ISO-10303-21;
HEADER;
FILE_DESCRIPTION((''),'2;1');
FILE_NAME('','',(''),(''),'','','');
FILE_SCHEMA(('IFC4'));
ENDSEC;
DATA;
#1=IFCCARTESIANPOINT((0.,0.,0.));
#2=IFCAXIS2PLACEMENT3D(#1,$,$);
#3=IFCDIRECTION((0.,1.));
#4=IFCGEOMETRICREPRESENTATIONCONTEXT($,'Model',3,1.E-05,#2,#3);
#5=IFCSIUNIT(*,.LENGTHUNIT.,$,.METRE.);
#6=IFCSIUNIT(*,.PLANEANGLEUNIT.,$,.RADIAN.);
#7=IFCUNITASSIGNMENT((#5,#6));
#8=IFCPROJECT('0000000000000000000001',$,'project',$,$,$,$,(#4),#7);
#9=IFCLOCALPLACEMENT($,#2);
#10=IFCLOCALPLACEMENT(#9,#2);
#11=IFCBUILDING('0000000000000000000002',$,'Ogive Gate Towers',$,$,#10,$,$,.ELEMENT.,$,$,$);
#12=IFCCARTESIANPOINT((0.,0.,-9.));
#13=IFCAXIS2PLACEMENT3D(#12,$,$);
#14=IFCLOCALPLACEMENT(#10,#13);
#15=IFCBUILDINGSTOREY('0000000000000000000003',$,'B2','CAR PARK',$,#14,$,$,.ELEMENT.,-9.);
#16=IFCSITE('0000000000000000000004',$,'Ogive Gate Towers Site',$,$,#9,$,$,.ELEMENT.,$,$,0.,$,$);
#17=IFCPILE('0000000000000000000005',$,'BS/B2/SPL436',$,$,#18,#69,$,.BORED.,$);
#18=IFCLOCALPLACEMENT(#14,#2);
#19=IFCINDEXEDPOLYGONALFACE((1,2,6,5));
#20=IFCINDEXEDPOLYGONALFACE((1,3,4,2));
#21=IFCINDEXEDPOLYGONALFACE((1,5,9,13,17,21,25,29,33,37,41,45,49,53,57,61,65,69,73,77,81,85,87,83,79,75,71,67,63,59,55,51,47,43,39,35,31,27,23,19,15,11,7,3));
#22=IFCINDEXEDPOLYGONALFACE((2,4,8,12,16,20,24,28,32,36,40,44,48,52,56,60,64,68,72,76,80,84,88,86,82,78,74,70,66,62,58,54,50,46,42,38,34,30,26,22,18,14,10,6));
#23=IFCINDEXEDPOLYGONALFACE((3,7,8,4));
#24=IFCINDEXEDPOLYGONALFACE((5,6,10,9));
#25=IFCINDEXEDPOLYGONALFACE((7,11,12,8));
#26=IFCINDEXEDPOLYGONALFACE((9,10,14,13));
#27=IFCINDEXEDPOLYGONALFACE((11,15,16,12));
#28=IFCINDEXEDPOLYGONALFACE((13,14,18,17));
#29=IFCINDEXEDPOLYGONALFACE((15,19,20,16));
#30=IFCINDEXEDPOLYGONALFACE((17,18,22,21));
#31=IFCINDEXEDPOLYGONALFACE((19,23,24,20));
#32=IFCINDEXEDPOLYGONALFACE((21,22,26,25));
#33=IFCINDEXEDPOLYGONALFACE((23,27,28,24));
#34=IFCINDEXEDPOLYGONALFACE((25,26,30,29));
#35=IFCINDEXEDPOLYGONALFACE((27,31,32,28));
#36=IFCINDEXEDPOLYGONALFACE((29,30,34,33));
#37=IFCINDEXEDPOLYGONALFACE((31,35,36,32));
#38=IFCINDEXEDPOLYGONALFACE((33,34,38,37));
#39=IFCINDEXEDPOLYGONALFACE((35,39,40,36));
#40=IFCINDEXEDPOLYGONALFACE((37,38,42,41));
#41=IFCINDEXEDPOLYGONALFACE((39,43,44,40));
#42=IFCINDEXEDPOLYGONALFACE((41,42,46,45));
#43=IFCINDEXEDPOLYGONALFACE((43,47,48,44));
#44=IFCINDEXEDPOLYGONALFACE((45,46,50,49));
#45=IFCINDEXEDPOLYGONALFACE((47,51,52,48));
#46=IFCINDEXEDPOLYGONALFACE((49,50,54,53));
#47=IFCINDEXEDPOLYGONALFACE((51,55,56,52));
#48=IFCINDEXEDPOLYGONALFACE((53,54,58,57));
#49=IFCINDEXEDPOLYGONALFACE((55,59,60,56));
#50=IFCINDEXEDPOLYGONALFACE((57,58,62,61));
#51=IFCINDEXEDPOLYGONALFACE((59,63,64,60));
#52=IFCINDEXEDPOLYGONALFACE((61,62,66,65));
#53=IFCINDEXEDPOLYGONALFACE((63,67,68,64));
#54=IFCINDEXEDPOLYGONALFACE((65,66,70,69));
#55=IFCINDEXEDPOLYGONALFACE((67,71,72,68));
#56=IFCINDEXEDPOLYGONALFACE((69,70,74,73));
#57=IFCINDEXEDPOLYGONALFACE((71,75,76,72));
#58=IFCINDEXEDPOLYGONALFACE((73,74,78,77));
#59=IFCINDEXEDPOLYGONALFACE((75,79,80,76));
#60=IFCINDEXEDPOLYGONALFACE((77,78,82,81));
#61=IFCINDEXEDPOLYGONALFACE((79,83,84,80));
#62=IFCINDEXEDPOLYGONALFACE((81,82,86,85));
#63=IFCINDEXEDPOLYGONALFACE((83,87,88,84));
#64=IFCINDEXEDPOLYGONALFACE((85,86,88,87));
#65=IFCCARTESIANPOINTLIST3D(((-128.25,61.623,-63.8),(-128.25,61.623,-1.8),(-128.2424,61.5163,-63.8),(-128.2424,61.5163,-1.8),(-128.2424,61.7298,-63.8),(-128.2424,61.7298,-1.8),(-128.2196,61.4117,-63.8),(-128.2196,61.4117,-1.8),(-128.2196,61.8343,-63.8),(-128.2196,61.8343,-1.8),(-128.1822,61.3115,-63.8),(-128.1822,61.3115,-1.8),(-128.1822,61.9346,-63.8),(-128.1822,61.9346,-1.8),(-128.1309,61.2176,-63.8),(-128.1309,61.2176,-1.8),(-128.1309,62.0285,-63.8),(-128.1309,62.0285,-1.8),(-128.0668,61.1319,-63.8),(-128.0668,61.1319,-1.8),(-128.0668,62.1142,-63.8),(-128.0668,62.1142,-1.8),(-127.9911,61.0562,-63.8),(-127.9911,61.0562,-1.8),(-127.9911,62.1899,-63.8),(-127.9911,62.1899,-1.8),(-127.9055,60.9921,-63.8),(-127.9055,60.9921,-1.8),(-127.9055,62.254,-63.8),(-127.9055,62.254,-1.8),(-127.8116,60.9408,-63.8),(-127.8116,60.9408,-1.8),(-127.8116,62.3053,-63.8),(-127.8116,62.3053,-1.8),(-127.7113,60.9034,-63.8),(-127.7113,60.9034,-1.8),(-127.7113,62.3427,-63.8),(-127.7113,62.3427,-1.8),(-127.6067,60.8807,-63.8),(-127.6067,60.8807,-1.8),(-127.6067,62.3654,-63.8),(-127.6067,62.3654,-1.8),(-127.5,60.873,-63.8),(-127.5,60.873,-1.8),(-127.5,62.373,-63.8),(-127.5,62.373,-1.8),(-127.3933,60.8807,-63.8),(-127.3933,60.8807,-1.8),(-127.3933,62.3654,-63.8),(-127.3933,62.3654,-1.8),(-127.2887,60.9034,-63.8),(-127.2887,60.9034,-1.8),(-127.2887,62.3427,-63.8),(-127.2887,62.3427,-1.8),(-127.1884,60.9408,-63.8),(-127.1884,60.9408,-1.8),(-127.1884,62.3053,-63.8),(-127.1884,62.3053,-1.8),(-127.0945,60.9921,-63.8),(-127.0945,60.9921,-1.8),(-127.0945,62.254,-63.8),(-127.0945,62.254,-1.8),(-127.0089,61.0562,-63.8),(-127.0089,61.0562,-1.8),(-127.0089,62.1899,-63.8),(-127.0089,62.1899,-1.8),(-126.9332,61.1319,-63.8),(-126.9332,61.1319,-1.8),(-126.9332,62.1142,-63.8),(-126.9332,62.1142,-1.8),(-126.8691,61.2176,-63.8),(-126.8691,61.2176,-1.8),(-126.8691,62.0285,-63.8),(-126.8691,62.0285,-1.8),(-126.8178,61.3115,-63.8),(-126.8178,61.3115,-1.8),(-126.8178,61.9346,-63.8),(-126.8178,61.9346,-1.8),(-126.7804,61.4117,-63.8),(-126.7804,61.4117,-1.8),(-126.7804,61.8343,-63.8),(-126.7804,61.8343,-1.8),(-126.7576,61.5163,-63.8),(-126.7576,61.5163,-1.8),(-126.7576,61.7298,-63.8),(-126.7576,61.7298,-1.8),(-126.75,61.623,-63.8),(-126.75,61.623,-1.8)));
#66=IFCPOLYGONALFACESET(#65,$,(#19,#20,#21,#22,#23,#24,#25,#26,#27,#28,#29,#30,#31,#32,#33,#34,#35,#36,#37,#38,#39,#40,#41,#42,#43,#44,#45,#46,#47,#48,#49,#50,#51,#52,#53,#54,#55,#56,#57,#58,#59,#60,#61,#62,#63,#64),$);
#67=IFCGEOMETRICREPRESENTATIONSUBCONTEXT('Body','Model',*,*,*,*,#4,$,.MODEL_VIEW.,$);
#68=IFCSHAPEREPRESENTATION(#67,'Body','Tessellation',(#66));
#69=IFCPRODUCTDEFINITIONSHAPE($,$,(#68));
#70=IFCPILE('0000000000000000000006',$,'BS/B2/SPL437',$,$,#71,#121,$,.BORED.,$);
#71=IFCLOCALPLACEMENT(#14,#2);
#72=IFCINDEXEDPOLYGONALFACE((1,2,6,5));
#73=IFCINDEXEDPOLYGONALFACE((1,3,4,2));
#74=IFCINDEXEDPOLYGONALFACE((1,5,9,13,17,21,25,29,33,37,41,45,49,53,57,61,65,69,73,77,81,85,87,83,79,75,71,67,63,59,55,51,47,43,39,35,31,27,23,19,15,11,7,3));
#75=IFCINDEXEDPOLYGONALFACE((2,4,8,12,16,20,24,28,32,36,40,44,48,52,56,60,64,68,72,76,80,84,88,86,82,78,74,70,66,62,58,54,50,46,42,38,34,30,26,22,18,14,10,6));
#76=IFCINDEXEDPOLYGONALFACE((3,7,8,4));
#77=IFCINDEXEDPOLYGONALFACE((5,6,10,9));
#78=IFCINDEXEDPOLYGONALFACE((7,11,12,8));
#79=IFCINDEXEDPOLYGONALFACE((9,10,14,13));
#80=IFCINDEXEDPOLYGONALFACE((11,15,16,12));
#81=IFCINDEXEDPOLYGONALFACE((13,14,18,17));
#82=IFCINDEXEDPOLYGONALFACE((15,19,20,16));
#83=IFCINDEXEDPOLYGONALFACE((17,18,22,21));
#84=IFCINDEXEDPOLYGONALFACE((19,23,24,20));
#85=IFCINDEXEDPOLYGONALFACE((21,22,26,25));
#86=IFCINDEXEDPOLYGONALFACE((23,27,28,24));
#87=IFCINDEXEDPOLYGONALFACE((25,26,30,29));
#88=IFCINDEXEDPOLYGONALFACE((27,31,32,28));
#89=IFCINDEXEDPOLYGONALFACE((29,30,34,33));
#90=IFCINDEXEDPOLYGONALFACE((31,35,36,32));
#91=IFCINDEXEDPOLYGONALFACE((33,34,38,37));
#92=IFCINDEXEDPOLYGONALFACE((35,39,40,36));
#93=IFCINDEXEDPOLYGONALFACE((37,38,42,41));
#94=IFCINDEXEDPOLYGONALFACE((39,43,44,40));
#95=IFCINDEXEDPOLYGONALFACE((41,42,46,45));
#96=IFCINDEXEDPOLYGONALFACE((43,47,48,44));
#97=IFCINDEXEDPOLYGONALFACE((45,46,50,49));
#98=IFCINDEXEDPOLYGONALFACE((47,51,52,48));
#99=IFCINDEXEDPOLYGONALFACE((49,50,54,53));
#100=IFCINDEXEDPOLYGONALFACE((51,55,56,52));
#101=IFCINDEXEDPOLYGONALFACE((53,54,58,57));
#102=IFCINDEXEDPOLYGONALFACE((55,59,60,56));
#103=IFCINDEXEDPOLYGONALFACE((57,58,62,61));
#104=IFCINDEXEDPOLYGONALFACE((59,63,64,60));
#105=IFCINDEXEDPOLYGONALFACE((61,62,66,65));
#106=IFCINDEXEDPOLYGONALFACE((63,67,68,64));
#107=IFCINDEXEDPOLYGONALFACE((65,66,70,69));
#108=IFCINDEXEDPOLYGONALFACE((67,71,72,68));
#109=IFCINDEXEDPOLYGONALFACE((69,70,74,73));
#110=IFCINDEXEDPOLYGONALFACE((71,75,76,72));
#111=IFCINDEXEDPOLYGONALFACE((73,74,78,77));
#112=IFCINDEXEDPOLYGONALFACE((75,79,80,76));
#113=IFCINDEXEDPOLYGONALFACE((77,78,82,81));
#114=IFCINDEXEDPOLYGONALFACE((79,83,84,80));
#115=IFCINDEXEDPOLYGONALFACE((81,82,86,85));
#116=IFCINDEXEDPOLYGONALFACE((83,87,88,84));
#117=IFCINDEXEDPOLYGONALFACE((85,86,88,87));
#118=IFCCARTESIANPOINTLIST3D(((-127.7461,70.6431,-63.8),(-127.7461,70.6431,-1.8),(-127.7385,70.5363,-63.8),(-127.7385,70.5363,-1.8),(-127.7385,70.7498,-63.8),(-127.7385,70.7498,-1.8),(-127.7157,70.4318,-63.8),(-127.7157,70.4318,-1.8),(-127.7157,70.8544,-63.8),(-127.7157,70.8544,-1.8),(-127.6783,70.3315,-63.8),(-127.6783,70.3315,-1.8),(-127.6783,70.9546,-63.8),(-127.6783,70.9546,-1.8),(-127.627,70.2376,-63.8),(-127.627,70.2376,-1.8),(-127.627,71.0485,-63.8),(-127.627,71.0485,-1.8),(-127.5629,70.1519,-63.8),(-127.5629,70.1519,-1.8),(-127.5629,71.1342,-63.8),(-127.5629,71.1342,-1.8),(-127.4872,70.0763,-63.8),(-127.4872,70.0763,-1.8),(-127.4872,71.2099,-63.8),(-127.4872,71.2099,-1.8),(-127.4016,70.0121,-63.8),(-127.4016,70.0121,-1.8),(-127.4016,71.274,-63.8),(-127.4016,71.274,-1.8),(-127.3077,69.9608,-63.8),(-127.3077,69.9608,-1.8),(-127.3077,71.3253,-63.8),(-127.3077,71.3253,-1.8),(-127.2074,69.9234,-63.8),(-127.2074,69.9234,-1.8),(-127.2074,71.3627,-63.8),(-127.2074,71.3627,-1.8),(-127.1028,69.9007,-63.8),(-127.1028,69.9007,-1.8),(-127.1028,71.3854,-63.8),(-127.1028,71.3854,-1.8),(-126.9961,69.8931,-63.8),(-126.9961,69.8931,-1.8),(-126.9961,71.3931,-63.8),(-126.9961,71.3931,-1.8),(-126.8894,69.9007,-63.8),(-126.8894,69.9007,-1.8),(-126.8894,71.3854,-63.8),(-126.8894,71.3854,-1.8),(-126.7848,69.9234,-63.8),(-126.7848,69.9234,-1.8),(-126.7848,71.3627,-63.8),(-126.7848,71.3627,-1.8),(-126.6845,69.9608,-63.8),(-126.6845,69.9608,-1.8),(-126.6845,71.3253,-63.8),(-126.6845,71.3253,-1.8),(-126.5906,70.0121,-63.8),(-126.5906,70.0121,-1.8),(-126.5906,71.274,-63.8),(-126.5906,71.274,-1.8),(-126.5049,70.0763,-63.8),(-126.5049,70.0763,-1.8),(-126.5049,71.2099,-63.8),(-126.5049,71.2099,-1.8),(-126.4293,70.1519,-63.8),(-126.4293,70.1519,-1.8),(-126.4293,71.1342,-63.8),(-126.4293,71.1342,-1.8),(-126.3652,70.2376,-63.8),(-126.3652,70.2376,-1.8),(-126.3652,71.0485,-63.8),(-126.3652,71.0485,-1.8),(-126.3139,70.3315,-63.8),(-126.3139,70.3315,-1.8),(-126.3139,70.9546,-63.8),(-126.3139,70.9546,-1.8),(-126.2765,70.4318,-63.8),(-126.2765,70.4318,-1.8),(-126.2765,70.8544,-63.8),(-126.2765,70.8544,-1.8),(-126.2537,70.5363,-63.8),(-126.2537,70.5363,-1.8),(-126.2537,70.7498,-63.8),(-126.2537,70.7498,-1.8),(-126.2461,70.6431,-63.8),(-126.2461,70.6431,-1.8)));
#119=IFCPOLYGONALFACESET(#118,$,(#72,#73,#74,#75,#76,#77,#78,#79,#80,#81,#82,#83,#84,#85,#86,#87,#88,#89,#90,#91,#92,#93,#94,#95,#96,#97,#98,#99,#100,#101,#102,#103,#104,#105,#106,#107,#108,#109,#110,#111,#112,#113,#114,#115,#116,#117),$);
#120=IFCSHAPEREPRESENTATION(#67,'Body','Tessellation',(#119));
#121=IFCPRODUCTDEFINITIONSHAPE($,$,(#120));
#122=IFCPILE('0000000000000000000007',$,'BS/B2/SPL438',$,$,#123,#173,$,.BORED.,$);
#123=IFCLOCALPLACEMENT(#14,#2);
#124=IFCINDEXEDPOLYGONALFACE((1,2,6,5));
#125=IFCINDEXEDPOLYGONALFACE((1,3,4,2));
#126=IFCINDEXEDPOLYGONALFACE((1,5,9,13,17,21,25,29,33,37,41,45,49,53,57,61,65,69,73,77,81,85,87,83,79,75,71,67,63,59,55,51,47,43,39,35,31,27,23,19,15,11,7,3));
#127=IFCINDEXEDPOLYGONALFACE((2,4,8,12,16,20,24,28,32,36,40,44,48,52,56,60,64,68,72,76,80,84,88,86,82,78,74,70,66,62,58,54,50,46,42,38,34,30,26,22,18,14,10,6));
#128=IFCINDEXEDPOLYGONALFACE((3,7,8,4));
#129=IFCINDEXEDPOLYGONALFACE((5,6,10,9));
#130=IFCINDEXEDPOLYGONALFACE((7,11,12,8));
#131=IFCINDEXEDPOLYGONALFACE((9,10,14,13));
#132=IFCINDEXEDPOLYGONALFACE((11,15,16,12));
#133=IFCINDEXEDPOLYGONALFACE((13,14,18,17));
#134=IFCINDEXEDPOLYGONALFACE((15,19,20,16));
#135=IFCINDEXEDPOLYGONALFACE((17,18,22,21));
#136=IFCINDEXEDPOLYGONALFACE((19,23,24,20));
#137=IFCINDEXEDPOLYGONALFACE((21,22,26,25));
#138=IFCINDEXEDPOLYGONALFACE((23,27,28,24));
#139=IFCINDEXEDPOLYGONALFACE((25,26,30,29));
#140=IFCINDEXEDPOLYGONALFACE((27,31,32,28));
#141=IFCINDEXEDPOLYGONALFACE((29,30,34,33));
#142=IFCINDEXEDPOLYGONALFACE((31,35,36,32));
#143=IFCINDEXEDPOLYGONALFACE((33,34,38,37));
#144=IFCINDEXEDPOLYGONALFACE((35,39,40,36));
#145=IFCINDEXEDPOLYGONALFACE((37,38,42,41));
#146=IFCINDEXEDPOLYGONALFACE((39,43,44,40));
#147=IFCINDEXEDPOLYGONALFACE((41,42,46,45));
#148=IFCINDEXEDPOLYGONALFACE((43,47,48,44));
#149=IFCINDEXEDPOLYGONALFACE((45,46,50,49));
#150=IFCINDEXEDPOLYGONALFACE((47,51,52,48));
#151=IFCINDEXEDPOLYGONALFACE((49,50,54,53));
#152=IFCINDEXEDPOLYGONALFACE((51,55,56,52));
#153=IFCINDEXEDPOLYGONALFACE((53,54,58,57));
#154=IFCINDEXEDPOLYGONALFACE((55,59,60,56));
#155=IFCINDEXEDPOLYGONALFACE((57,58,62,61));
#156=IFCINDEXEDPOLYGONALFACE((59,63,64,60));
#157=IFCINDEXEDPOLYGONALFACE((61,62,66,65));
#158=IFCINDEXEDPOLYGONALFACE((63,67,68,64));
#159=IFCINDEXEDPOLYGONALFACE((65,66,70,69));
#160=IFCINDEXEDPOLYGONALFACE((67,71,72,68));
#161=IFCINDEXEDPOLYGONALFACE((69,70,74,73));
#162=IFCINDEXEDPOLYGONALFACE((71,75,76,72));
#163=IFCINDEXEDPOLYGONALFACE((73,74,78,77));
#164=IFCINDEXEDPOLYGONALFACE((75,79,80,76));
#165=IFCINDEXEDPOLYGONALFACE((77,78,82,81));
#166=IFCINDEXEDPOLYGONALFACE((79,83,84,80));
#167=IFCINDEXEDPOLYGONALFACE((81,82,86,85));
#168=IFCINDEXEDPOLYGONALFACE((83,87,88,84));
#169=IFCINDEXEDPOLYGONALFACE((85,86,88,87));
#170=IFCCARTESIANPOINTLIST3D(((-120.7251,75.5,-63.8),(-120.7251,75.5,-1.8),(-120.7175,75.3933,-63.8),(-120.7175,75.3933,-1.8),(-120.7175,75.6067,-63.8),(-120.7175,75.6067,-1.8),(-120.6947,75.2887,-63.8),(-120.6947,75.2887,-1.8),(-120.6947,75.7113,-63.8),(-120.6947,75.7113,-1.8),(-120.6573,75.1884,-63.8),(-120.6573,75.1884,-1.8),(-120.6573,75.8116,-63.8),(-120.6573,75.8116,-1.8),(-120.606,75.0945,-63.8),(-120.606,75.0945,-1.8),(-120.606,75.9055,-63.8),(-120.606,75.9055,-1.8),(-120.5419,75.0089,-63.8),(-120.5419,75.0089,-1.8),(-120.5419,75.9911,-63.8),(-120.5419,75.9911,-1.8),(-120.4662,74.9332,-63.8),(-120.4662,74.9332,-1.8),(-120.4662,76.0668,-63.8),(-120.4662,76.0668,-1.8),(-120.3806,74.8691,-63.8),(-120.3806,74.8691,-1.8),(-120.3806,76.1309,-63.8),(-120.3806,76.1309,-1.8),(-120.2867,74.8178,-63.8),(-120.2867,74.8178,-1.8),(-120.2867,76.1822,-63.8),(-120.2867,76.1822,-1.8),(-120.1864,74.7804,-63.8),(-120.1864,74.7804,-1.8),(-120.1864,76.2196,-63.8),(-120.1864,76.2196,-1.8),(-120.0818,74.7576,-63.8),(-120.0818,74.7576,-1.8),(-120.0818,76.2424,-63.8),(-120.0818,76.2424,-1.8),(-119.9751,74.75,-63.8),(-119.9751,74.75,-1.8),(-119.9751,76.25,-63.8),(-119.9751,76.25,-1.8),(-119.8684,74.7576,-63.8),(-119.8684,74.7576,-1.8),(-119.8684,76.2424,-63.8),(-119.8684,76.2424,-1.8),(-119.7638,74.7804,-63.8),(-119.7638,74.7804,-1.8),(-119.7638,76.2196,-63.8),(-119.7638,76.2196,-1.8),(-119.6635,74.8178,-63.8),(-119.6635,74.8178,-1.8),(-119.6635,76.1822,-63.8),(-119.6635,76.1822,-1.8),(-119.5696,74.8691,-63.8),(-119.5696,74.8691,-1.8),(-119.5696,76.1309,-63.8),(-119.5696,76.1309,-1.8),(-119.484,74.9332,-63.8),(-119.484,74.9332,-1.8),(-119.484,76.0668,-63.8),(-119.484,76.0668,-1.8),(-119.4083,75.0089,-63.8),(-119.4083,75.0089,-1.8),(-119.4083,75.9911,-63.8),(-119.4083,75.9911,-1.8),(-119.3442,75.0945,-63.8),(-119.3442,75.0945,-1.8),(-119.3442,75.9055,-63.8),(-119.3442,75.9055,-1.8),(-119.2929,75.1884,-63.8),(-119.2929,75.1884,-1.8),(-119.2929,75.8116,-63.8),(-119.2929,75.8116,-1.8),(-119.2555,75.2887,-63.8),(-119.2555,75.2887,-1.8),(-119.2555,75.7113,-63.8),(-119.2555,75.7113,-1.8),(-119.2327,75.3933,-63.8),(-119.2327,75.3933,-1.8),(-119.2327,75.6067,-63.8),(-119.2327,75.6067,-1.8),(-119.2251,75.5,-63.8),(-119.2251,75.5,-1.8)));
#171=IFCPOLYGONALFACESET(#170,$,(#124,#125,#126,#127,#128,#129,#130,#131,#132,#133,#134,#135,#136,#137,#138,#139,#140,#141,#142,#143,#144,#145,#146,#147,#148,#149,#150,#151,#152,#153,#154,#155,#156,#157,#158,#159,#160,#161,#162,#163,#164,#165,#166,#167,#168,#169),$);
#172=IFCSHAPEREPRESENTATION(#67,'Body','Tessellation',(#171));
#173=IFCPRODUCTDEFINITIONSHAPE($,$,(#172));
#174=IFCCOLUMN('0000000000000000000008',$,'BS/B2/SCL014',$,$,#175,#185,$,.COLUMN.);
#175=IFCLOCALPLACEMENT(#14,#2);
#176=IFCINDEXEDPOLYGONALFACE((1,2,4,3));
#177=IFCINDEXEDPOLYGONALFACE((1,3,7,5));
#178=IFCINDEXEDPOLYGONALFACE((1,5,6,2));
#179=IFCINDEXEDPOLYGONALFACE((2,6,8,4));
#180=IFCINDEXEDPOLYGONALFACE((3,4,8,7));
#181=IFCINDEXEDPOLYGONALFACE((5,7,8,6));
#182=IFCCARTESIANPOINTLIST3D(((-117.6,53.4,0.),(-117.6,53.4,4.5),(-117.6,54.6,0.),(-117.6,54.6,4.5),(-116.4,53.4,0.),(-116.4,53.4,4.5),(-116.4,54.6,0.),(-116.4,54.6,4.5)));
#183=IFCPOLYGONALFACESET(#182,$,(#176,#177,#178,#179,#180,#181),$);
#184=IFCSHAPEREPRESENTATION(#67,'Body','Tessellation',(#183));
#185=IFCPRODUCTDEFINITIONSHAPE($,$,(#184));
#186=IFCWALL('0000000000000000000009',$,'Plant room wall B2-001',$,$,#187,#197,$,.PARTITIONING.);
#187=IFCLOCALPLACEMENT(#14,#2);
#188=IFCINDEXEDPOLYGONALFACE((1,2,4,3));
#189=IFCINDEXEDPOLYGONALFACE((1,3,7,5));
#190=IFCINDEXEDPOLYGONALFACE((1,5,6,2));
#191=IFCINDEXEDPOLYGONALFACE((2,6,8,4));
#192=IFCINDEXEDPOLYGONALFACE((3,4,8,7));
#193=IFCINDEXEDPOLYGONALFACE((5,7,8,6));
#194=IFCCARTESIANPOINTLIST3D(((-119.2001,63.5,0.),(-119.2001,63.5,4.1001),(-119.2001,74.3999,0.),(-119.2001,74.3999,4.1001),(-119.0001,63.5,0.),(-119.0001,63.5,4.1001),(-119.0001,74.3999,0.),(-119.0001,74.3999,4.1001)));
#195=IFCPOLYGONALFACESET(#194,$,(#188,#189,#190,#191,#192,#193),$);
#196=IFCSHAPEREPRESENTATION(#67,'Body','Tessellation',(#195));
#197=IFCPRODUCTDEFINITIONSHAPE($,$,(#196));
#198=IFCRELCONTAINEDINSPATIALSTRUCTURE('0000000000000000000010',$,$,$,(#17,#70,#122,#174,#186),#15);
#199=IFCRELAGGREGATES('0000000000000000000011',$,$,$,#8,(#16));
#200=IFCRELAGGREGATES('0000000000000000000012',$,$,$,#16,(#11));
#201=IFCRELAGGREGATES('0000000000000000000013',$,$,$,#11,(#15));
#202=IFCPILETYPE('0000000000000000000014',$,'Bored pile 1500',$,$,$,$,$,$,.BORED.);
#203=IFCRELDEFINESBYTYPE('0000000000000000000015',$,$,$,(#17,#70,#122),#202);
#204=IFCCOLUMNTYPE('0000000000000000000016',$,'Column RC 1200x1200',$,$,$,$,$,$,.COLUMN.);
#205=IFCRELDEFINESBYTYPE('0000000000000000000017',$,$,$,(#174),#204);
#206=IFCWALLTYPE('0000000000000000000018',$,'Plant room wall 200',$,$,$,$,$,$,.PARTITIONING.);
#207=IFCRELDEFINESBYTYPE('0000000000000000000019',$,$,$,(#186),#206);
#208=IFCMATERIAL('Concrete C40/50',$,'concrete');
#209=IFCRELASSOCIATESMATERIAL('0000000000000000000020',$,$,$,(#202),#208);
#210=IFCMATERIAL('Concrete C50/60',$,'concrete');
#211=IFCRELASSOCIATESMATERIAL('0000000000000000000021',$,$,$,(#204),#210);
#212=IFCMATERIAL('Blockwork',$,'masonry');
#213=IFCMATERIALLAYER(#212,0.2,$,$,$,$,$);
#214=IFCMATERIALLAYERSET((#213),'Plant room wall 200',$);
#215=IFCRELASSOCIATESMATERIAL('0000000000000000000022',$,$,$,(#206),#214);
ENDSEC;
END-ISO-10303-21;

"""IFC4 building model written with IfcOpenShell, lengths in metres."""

from ifc_helpers import new_model, si_unit, direction, frame, frame_2d, origin, origin_2d, place, context, subcontext, project, spatial, rectangle, circle, extrude, material, layer, layer_set, material_profile, profile_set, type_object, element, save


model = new_model("IFC4")

# Units and contexts
model_context = context("Model", 3, precision=1e-05, world=origin(), true_north=direction((0.0, 1.0)))
body_context = subcontext(model_context, "Body", "Model", "MODEL_VIEW")
ifc_project = project(units=[si_unit("LENGTHUNIT", "METRE"), si_unit("PLANEANGLEUNIT", "RADIAN")], contexts=[model_context])

# Site, building, storey
site_placement = place(None, origin())
site = spatial("IfcSite", under=ifc_project, at=site_placement, Name="Ogive Gate Towers Site", CompositionType="ELEMENT", RefElevation=0.0)
building_placement = place(site_placement, origin())
building = spatial("IfcBuilding", under=site, at=building_placement, Name="Ogive Gate Towers", CompositionType="ELEMENT")
storey_placement = place(building_placement, frame((0.0, 0.0, -9.0)))
storey = spatial("IfcBuildingStorey", under=building, at=storey_placement, Name="B2", Description="CAR PARK", CompositionType="ELEMENT", Elevation=-9.0)

# Piles
ifc_material_1 = material(Name="Concrete C40/50", Category="concrete")
ifc_material_profile_1 = material_profile(ifc_material_1, circle(Radius=0.75, at=origin_2d()), Name="BP 1500")
ifc_profile_set_1 = profile_set([ifc_material_profile_1], Name="Concrete C40/50")
pile_type = type_object("IfcPileType", Name="Bored pile 1500", PredefinedType="BORED", material=ifc_profile_set_1)
for number, where, z_axis, x_axis, name in (
    (1, (-127.5, 61.623, -1.8), (0.0, 0.0, -1.0), (1.0, 0.0, 0.0), "BS/B2/SPL436"),
    (2, (-126.9961, 70.6431, -1.8), (0.0, 0.0, -1.0), (1.0, 0.0, 0.0), "BS/B2/SPL437"),
    (3, (-119.9751, 75.5, -1.8), (0.0, 0.0, -1.0), (1.0, 0.0, 0.0), "BS/B2/SPL438"),
):
    element("IfcPile", number, at=place(storey_placement, frame(where, z_axis=z_axis, x_axis=x_axis)), inside=storey, type_object=pile_type, Name=name, PredefinedType="BORED", context=body_context, shape_type="SweptSolid", body=[
        extrude(circle(Radius=0.75, at=origin_2d()), origin(), (0.0, 0.0, 1.0), 62.0),
    ])

# Column
ifc_material_2 = material(Name="Concrete C50/60", Category="concrete")
ifc_material_profile_2 = material_profile(ifc_material_2, rectangle(XDim=1.2, YDim=1.2, at=origin_2d()), Name="RC 1200x1200")
ifc_profile_set_2 = profile_set([ifc_material_profile_2], Name="Concrete C50/60")
column_type = type_object("IfcColumnType", Name="Column RC 1200x1200", PredefinedType="COLUMN", material=ifc_profile_set_2)
column_placement = place(storey_placement, frame((-117.0, 54.0, 0.0), z_axis=(0.0, 0.0, 1.0), x_axis=(1.0, 0.0, 0.0)))
element("IfcColumn", 4, at=column_placement, inside=storey, type_object=column_type, Name="BS/B2/SCL014", PredefinedType="COLUMN", context=body_context, shape_type="SweptSolid", body=[
    extrude(rectangle(XDim=1.2, YDim=1.2, at=origin_2d()), origin(), (0.0, 0.0, 1.0), 4.5),
])

# Wall
ifc_material_3 = material(Name="Blockwork", Category="masonry")
ifc_layer_1 = layer(ifc_material_3, 0.2)
ifc_layer_set_1 = layer_set([ifc_layer_1], Name="Plant room wall 200")
wall_type_1 = type_object("IfcWallType", Name="Plant room wall 200", PredefinedType="PARTITIONING", material=ifc_layer_set_1)
wall_1_placement = place(storey_placement, frame((-119.1001, 63.5, 0.0), z_axis=(0.0, 0.0, 1.0), x_axis=(0.0, 1.0, 0.0)))
element("IfcWall", 5, at=wall_1_placement, inside=storey, type_object=wall_type_1, Name="Plant room wall B2-001", PredefinedType="PARTITIONING", context=body_context, shape_type="SweptSolid", body=[
    extrude(rectangle(XDim=10.8999, YDim=0.2, at=frame_2d((5.45, 0.0))), origin(), (0.0, 0.0, 1.0), 4.1001),
])

save(model, "model.ifc")
